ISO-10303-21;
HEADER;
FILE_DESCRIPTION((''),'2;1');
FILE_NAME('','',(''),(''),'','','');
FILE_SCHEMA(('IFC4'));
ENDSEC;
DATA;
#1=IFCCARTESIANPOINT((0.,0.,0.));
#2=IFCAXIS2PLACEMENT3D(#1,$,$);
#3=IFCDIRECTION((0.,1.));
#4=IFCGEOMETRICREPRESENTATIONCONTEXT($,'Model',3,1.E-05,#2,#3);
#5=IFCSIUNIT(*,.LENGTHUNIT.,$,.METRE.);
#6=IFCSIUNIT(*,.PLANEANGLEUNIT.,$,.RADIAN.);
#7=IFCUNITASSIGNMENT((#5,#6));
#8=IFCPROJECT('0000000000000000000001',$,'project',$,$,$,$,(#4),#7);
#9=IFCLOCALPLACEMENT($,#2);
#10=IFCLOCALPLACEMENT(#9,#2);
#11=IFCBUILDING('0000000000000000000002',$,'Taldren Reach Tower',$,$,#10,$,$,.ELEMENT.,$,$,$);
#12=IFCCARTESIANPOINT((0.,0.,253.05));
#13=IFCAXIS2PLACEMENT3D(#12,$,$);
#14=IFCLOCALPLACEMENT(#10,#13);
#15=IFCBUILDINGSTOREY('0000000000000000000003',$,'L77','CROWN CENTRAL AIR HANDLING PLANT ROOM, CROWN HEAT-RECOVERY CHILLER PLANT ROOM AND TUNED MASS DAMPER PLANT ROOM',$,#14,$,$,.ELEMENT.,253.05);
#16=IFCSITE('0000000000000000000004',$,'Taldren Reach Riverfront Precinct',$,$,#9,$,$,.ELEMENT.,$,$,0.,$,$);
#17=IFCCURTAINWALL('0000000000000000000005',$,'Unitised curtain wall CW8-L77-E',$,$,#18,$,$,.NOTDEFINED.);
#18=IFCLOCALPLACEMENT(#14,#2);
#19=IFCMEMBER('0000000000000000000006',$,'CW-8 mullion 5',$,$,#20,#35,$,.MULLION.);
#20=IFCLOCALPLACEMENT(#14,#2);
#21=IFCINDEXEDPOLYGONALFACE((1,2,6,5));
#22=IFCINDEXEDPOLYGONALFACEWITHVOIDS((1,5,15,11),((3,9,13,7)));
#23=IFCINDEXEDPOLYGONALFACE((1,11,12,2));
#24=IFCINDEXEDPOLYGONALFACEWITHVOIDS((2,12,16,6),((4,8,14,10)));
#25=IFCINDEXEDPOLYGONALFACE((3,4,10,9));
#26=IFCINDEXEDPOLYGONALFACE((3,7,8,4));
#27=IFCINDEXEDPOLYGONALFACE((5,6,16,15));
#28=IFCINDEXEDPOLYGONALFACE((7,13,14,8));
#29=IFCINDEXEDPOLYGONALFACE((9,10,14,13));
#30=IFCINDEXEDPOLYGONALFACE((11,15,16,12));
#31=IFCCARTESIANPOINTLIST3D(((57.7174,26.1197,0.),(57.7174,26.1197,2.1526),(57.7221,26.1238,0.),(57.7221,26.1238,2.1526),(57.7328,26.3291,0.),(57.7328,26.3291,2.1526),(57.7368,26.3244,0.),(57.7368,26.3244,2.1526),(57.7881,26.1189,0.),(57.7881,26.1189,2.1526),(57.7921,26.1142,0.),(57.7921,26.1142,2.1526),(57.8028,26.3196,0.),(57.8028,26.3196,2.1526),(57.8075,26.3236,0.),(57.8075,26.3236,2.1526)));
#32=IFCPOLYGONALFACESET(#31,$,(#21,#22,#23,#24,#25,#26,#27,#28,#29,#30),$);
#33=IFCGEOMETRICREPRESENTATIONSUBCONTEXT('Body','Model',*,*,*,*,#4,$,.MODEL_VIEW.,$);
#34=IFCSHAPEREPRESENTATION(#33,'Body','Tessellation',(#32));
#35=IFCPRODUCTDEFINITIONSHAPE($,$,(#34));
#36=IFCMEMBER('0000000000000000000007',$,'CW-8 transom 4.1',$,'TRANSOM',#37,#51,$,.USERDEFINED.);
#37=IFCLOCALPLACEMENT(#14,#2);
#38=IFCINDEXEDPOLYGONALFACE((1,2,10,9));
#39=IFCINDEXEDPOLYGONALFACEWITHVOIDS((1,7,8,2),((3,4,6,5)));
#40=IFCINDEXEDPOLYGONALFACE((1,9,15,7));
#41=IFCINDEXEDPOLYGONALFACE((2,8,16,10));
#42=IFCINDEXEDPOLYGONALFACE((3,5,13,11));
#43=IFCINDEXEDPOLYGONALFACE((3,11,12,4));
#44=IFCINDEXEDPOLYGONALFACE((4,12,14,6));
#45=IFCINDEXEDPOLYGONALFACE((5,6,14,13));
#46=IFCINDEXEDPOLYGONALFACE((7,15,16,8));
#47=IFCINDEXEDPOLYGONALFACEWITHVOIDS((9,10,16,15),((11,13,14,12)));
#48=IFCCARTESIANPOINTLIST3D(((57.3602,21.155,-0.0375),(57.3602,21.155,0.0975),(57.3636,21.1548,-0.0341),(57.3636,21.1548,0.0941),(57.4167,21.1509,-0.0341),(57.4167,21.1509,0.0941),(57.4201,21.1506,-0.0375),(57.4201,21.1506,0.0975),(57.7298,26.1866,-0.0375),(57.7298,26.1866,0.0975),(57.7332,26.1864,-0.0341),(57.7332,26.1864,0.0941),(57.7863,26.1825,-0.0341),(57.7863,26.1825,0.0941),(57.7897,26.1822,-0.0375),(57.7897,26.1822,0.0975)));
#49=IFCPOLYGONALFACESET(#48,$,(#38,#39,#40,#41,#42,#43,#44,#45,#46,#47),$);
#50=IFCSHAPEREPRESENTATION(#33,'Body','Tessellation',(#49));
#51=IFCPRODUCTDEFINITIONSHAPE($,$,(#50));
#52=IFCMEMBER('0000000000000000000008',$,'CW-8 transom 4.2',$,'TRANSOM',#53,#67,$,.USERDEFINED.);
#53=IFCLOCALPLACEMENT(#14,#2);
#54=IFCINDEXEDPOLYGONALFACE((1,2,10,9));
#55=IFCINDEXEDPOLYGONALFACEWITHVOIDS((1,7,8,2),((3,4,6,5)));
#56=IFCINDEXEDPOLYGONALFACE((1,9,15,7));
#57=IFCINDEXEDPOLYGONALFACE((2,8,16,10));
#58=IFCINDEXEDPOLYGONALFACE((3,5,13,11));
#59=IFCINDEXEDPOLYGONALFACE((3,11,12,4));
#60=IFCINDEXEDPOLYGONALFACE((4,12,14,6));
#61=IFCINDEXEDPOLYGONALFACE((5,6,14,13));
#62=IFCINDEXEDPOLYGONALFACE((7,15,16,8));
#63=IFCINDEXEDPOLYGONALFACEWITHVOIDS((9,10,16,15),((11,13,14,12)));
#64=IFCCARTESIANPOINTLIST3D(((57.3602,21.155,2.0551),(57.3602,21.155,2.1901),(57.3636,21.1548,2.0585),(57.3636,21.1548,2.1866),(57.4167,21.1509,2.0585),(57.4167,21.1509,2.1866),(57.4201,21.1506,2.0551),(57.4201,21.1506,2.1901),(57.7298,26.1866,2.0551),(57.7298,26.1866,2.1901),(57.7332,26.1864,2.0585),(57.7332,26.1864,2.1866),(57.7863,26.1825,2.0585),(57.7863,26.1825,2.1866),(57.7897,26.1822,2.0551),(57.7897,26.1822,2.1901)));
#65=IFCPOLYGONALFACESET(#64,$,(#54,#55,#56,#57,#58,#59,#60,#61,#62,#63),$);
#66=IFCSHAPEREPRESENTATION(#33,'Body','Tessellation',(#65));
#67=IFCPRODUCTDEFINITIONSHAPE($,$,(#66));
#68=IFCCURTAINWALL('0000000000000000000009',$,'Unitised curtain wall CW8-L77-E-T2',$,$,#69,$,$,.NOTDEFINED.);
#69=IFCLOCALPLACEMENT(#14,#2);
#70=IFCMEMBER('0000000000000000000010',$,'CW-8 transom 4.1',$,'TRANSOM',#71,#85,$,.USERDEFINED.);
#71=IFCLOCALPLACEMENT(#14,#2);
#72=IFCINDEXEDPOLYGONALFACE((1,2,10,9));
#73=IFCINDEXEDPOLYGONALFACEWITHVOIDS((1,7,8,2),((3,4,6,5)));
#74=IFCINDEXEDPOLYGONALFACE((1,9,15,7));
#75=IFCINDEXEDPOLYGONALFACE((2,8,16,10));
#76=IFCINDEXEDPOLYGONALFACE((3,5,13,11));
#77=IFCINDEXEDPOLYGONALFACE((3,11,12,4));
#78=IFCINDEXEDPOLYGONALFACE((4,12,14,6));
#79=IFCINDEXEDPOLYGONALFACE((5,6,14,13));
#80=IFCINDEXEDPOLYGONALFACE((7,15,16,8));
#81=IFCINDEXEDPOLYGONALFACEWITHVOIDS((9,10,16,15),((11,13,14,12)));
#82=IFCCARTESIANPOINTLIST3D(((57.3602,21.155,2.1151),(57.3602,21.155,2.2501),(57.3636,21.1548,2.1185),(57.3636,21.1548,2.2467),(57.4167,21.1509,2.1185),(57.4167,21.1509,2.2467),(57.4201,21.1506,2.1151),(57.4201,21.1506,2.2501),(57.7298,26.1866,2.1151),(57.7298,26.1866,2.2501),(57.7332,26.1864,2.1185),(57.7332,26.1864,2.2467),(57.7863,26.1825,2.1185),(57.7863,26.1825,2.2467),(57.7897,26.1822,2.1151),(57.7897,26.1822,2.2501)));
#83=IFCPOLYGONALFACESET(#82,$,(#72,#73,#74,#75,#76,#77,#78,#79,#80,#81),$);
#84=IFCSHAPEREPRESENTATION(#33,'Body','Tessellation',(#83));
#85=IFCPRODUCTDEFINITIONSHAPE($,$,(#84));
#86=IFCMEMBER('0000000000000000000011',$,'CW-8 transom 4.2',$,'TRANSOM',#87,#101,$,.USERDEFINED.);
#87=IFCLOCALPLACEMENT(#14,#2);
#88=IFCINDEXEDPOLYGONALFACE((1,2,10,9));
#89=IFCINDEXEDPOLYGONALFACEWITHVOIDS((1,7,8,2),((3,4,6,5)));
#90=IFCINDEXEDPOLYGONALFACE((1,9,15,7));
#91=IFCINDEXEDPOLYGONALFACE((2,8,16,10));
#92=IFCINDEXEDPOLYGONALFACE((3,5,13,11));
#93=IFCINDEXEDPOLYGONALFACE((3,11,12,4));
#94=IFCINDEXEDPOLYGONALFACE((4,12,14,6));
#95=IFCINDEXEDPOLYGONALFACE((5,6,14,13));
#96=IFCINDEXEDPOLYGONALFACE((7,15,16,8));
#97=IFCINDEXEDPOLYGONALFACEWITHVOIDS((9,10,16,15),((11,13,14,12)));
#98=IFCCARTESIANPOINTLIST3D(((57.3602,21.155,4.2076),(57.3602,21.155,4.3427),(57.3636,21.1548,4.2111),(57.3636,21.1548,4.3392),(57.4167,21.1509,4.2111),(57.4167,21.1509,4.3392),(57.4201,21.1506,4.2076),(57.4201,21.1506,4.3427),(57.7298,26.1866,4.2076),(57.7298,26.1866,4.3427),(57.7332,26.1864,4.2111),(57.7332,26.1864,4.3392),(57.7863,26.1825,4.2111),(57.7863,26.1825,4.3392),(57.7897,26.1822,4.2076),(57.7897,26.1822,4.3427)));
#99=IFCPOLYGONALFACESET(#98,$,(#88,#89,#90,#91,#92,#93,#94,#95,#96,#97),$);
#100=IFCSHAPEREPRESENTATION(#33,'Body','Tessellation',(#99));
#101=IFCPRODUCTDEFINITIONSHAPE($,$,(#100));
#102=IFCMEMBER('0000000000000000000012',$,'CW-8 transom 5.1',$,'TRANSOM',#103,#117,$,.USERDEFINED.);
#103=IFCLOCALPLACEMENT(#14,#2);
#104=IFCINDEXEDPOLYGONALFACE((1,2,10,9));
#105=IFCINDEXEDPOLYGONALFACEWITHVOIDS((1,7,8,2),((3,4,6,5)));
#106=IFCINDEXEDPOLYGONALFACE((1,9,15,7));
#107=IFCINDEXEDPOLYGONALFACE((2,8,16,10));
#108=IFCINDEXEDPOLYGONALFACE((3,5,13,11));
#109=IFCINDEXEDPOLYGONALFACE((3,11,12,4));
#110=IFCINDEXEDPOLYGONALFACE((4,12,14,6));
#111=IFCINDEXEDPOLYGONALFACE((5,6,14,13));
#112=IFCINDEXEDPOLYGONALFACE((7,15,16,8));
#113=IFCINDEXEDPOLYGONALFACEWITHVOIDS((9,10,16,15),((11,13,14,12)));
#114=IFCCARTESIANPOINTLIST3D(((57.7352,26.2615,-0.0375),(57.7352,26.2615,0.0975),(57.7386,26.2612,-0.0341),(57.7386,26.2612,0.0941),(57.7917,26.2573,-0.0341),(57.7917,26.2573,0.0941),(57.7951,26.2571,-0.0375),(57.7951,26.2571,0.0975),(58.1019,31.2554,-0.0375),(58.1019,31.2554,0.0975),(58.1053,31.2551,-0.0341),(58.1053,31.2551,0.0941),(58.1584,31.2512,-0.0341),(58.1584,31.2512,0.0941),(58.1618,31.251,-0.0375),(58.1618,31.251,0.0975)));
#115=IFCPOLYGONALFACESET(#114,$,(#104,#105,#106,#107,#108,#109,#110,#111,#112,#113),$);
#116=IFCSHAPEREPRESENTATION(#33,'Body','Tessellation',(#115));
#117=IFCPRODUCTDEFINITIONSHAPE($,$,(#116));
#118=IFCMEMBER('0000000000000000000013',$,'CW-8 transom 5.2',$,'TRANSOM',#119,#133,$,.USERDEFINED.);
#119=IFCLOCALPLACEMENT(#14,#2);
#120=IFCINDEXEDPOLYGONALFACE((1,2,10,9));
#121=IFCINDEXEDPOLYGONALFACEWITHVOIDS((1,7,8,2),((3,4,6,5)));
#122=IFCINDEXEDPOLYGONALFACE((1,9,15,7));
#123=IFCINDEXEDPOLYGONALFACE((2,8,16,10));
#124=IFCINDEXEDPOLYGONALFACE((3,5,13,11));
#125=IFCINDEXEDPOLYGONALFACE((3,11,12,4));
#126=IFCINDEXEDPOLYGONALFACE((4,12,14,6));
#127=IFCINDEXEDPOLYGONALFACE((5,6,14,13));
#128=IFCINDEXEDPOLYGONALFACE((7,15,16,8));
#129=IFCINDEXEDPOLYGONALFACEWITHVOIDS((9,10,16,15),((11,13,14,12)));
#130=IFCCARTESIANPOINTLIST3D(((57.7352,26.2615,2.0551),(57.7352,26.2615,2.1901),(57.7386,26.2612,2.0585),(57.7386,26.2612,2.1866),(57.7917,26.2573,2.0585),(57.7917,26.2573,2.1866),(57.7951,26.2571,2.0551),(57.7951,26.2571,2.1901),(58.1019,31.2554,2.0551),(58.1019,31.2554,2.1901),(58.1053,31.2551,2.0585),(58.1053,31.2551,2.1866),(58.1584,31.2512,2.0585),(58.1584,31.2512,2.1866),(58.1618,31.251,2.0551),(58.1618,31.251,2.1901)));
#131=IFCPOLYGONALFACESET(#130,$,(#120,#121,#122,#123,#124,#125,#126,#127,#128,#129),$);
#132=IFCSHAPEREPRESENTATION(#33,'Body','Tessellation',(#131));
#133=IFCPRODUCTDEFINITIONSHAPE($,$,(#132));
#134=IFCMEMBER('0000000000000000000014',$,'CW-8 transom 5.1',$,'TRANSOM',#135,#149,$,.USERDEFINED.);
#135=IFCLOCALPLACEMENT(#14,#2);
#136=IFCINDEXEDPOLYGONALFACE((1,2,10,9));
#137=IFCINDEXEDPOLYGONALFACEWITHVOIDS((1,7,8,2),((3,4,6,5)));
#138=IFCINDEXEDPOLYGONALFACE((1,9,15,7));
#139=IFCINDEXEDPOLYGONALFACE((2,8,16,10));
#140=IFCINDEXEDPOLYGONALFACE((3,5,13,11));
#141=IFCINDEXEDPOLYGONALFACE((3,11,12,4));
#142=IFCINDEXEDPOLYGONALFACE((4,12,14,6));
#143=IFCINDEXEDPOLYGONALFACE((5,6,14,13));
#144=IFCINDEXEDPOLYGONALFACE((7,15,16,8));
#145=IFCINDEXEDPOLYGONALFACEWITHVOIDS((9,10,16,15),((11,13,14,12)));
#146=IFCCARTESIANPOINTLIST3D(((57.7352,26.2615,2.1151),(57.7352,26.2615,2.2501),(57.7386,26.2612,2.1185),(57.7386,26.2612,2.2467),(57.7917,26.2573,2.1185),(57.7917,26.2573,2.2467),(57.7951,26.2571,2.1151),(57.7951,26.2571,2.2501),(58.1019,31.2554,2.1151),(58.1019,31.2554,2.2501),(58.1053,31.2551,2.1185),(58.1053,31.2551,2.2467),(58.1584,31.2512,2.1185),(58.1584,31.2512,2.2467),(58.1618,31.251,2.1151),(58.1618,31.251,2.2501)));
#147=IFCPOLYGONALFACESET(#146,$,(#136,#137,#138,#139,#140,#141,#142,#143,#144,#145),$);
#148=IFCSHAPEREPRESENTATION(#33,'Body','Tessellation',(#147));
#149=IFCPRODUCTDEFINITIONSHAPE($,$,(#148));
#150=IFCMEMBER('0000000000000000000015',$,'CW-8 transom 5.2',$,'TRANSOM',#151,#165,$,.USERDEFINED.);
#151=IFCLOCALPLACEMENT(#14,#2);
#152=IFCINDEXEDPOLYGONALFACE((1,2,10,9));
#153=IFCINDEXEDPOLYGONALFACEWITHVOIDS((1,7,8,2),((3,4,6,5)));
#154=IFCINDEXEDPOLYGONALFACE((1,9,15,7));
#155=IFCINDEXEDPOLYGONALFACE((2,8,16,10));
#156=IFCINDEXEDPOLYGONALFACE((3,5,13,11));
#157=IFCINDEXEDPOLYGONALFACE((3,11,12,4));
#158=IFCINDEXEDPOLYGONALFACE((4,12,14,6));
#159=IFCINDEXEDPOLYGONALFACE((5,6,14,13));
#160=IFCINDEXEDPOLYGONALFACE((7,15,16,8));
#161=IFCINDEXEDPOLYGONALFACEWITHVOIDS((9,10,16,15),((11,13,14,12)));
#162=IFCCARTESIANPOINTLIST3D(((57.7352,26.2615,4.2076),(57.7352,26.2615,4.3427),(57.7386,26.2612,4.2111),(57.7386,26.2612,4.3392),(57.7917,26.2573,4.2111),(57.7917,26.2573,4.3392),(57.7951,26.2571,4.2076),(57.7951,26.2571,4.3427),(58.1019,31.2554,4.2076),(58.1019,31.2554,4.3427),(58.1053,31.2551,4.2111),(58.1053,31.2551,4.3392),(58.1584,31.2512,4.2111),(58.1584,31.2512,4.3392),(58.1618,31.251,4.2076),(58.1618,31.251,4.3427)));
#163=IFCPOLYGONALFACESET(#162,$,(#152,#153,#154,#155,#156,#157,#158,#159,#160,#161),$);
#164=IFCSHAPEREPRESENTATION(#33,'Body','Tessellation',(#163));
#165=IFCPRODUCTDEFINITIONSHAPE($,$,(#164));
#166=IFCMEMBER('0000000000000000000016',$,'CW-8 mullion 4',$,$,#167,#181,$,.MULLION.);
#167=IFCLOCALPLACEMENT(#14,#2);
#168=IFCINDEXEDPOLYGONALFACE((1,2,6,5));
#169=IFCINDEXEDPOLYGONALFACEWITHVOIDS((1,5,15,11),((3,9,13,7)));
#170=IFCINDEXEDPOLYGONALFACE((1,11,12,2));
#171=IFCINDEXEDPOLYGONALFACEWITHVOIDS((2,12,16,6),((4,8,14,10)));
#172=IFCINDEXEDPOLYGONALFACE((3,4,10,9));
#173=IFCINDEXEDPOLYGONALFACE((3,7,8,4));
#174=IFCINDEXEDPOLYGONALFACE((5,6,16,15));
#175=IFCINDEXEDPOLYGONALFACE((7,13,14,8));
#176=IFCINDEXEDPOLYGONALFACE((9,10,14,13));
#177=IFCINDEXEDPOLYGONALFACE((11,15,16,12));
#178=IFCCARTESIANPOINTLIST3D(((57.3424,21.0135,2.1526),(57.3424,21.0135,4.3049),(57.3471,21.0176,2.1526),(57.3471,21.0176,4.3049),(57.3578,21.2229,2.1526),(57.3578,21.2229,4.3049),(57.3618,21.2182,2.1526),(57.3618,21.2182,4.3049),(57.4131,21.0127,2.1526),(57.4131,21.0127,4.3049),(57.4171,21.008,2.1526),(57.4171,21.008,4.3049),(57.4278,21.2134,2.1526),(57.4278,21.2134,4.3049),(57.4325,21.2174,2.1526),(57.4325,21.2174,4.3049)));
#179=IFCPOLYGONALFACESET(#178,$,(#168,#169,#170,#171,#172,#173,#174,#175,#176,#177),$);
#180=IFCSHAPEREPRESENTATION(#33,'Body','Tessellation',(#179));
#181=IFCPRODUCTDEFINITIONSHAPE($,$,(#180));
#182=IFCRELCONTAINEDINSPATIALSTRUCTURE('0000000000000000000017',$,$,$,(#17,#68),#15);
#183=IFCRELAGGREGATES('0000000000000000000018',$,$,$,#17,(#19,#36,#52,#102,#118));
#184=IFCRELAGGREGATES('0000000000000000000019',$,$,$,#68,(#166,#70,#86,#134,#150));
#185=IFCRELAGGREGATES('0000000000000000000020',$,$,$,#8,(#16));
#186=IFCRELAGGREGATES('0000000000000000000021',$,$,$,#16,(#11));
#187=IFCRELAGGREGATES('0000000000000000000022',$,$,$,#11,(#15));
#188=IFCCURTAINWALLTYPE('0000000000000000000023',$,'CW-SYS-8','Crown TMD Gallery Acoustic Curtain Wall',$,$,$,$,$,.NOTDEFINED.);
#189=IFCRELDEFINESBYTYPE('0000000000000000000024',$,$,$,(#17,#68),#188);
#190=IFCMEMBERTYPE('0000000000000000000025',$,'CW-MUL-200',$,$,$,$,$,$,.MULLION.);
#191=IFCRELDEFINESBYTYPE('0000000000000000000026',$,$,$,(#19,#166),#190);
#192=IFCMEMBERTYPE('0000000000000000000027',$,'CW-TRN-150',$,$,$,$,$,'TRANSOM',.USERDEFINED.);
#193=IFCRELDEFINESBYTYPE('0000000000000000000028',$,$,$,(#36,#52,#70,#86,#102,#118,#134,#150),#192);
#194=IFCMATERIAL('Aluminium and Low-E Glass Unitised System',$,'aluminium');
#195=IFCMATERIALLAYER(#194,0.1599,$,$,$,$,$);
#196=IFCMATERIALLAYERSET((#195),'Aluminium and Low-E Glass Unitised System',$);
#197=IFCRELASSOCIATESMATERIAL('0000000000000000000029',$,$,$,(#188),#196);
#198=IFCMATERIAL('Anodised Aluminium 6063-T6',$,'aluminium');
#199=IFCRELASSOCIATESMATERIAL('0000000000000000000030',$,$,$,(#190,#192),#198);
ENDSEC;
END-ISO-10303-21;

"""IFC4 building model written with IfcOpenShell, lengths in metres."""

from ifc_helpers import new_model, si_unit, direction, frame, origin, origin_2d, place, context, subcontext, project, spatial, hollow_rectangle, extrude, source, transform, mapped, material, layer, layer_set, material_profile, profile_set, type_object, element, aggregate, save


model = new_model("IFC4")

# Units and contexts
model_context = context("Model", 3, precision=1e-05, world=origin(), true_north=direction((0.0, 1.0)))
body_context = subcontext(model_context, "Body", "Model", "MODEL_VIEW")
ifc_project = project(units=[si_unit("LENGTHUNIT", "METRE"), si_unit("PLANEANGLEUNIT", "RADIAN")], contexts=[model_context])

# Site, building, storey
site_placement = place(None, origin())
site = spatial("IfcSite", under=ifc_project, at=site_placement, Name="Taldren Reach Riverfront Precinct", CompositionType="ELEMENT", RefElevation=0.0)
building_placement = place(site_placement, origin())
building = spatial("IfcBuilding", under=site, at=building_placement, Name="Taldren Reach Tower", CompositionType="ELEMENT")
storey_placement = place(building_placement, frame((0.0, 0.0, 253.05)))
storey = spatial("IfcBuildingStorey", under=building, at=storey_placement, Name="L77", Description="CROWN CENTRAL AIR HANDLING PLANT ROOM, CROWN HEAT-RECOVERY CHILLER PLANT ROOM AND TUNED MASS DAMPER PLANT ROOM", CompositionType="ELEMENT", Elevation=253.05)

# Curtain walls, members
ifc_material_1 = material(Name="Aluminium and Low-E Glass Unitised System", Category="aluminium")
ifc_layer_1 = layer(ifc_material_1, 0.1599)
ifc_layer_set_1 = layer_set([ifc_layer_1], Name="Aluminium and Low-E Glass Unitised System")
curtain_wall_type = type_object("IfcCurtainWallType", Name="CW-SYS-8", Description="Crown TMD Gallery Acoustic Curtain Wall", PredefinedType="NOTDEFINED", material=ifc_layer_set_1)
curtain_wall_1_placement = place(storey_placement, origin())
curtain_wall_1 = element("IfcCurtainWall", 1, at=curtain_wall_1_placement, inside=storey, type_object=curtain_wall_type, Name="Unitised curtain wall CW8-L77-E", PredefinedType="NOTDEFINED")
ifc_material_2 = material(Name="Anodised Aluminium 6063-T6", Category="aluminium")
ifc_material_profile_1 = material_profile(ifc_material_2, hollow_rectangle(XDim=0.075, YDim=0.21, WallThickness=0.0044, at=origin_2d()), Name="ALU-210x75x4.5RHS")
ifc_profile_set_1 = profile_set([ifc_material_profile_1], Name="Anodised Aluminium 6063-T6")
member_type_1 = type_object("IfcMemberType", Name="CW-MUL-200", PredefinedType="MULLION", material=ifc_profile_set_1)
shared_shape_1 = source(origin(), body_context, "Body", "SweptSolid", [
    extrude(hollow_rectangle(XDim=0.075, YDim=0.21, WallThickness=0.0044, at=origin_2d()), origin(), (0.0, 0.0, 1.0), 2.1526),
])
member_1_placement = place(storey_placement, frame((57.7625, 26.2217, 0.0), z_axis=(0.0, 0.0, 1.0), x_axis=(-0.997314, 0.073238, 0.0)))
member_1 = element("IfcMember", 2, at=member_1_placement, type_object=member_type_1, Name="CW-8 mullion 5", PredefinedType="MULLION", context=body_context, shape_type="MappedRepresentation", body=[
    mapped(shared_shape_1, transform((0.0, 0.0, 0.0), scale=1.0)),
])
ifc_material_profile_2 = material_profile(ifc_material_2, hollow_rectangle(XDim=0.0601, YDim=0.135, WallThickness=0.0034, at=origin_2d()), Name="ALU-135x60x3.5RHS")
ifc_profile_set_2 = profile_set([ifc_material_profile_2], Name="Anodised Aluminium 6063-T6")
member_type_2 = type_object("IfcMemberType", Name="CW-TRN-150", ElementType="TRANSOM", PredefinedType="USERDEFINED", material=ifc_profile_set_2)
shared_shape_2 = source(origin(), body_context, "Body", "SweptSolid", [
    extrude(hollow_rectangle(XDim=0.0601, YDim=0.135, WallThickness=0.0034, at=origin_2d()), origin(), (0.0, 0.0, 1.0), 5.0452),
])
member_2_placement = place(storey_placement, frame((57.3901, 21.1528, 0.03), z_axis=(0.073266, 0.997312, 0.0), x_axis=(-0.997312, 0.073266, 0.0)))
member_2 = element("IfcMember", 3, at=member_2_placement, type_object=member_type_2, Name="CW-8 transom 4.1", ObjectType="TRANSOM", PredefinedType="USERDEFINED", context=body_context, shape_type="MappedRepresentation", body=[
    mapped(shared_shape_2, transform((0.0, 0.0, 0.0), scale=1.0)),
])
member_3_placement = place(storey_placement, frame((57.3901, 21.1528, 2.1226), z_axis=(0.073266, 0.997312, 0.0), x_axis=(-0.997312, 0.073266, 0.0)))
member_3 = element("IfcMember", 4, at=member_3_placement, type_object=member_type_2, Name="CW-8 transom 4.2", ObjectType="TRANSOM", PredefinedType="USERDEFINED", context=body_context, shape_type="MappedRepresentation", body=[
    mapped(shared_shape_2, transform((0.0, 0.0, 0.0), scale=1.0)),
])
curtain_wall_2_placement = place(storey_placement, origin())
curtain_wall_2 = element("IfcCurtainWall", 5, at=curtain_wall_2_placement, inside=storey, type_object=curtain_wall_type, Name="Unitised curtain wall CW8-L77-E-T2", PredefinedType="NOTDEFINED")
member_4_placement = place(storey_placement, frame((57.3901, 21.1528, 2.1826), z_axis=(0.073266, 0.997312, 0.0), x_axis=(-0.997312, 0.073266, 0.0)))
member_4 = element("IfcMember", 6, at=member_4_placement, type_object=member_type_2, Name="CW-8 transom 4.1", ObjectType="TRANSOM", PredefinedType="USERDEFINED", context=body_context, shape_type="MappedRepresentation", body=[
    mapped(shared_shape_2, transform((0.0, 0.0, 0.0), scale=1.0)),
])
member_5_placement = place(storey_placement, frame((57.3901, 21.1528, 4.2751), z_axis=(0.073266, 0.997312, 0.0), x_axis=(-0.997312, 0.073266, 0.0)))
member_5 = element("IfcMember", 7, at=member_5_placement, type_object=member_type_2, Name="CW-8 transom 4.2", ObjectType="TRANSOM", PredefinedType="USERDEFINED", context=body_context, shape_type="MappedRepresentation", body=[
    mapped(shared_shape_2, transform((0.0, 0.0, 0.0), scale=1.0)),
])

# Members
shared_shape_3 = source(origin(), body_context, "Body", "SweptSolid", [
    extrude(hollow_rectangle(XDim=0.0601, YDim=0.135, WallThickness=0.0034, at=origin_2d()), origin(), (0.0, 0.0, 1.0), 5.0073),
])
member_6_placement = place(storey_placement, frame((57.7651, 26.2593, 0.03), z_axis=(0.073232, 0.997315, 0.0), x_axis=(-0.997315, 0.073232, 0.0)))
member_6 = element("IfcMember", 8, at=member_6_placement, type_object=member_type_2, Name="CW-8 transom 5.1", ObjectType="TRANSOM", PredefinedType="USERDEFINED", context=body_context, shape_type="MappedRepresentation", body=[
    mapped(shared_shape_3, transform((0.0, 0.0, 0.0), scale=1.0)),
])
member_7_placement = place(storey_placement, frame((57.7651, 26.2593, 2.1226), z_axis=(0.073232, 0.997315, 0.0), x_axis=(-0.997315, 0.073232, 0.0)))
member_7 = element("IfcMember", 9, at=member_7_placement, type_object=member_type_2, Name="CW-8 transom 5.2", ObjectType="TRANSOM", PredefinedType="USERDEFINED", context=body_context, shape_type="MappedRepresentation", body=[
    mapped(shared_shape_3, transform((0.0, 0.0, 0.0), scale=1.0)),
])
member_8_placement = place(storey_placement, frame((57.7651, 26.2593, 2.1826), z_axis=(0.073232, 0.997315, 0.0), x_axis=(-0.997315, 0.073232, 0.0)))
member_8 = element("IfcMember", 10, at=member_8_placement, type_object=member_type_2, Name="CW-8 transom 5.1", ObjectType="TRANSOM", PredefinedType="USERDEFINED", context=body_context, shape_type="MappedRepresentation", body=[
    mapped(shared_shape_3, transform((0.0, 0.0, 0.0), scale=1.0)),
])
member_9_placement = place(storey_placement, frame((57.7651, 26.2593, 4.2751), z_axis=(0.073232, 0.997315, 0.0), x_axis=(-0.997315, 0.073232, 0.0)))
member_9 = element("IfcMember", 11, at=member_9_placement, type_object=member_type_2, Name="CW-8 transom 5.2", ObjectType="TRANSOM", PredefinedType="USERDEFINED", context=body_context, shape_type="MappedRepresentation", body=[
    mapped(shared_shape_3, transform((0.0, 0.0, 0.0), scale=1.0)),
])
shared_shape_4 = source(origin(), body_context, "Body", "SweptSolid", [
    extrude(hollow_rectangle(XDim=0.075, YDim=0.21, WallThickness=0.0044, at=origin_2d()), origin(), (0.0, 0.0, 1.0), 2.1523),
])
member_10_placement = place(storey_placement, frame((57.3875, 21.1155, 2.1526), z_axis=(0.0, 0.0, 1.0), x_axis=(-0.997314, 0.073238, 0.0)))
member_10 = element("IfcMember", 12, at=member_10_placement, type_object=member_type_1, Name="CW-8 mullion 4", PredefinedType="MULLION", context=body_context, shape_type="MappedRepresentation", body=[
    mapped(shared_shape_4, transform((0.0, 0.0, 0.0), scale=1.0)),
])

aggregate(curtain_wall_1, [member_1, member_2, member_3, member_6, member_7])
aggregate(curtain_wall_2, [member_10, member_4, member_5, member_8, member_9])

save(model, "model.ifc")
